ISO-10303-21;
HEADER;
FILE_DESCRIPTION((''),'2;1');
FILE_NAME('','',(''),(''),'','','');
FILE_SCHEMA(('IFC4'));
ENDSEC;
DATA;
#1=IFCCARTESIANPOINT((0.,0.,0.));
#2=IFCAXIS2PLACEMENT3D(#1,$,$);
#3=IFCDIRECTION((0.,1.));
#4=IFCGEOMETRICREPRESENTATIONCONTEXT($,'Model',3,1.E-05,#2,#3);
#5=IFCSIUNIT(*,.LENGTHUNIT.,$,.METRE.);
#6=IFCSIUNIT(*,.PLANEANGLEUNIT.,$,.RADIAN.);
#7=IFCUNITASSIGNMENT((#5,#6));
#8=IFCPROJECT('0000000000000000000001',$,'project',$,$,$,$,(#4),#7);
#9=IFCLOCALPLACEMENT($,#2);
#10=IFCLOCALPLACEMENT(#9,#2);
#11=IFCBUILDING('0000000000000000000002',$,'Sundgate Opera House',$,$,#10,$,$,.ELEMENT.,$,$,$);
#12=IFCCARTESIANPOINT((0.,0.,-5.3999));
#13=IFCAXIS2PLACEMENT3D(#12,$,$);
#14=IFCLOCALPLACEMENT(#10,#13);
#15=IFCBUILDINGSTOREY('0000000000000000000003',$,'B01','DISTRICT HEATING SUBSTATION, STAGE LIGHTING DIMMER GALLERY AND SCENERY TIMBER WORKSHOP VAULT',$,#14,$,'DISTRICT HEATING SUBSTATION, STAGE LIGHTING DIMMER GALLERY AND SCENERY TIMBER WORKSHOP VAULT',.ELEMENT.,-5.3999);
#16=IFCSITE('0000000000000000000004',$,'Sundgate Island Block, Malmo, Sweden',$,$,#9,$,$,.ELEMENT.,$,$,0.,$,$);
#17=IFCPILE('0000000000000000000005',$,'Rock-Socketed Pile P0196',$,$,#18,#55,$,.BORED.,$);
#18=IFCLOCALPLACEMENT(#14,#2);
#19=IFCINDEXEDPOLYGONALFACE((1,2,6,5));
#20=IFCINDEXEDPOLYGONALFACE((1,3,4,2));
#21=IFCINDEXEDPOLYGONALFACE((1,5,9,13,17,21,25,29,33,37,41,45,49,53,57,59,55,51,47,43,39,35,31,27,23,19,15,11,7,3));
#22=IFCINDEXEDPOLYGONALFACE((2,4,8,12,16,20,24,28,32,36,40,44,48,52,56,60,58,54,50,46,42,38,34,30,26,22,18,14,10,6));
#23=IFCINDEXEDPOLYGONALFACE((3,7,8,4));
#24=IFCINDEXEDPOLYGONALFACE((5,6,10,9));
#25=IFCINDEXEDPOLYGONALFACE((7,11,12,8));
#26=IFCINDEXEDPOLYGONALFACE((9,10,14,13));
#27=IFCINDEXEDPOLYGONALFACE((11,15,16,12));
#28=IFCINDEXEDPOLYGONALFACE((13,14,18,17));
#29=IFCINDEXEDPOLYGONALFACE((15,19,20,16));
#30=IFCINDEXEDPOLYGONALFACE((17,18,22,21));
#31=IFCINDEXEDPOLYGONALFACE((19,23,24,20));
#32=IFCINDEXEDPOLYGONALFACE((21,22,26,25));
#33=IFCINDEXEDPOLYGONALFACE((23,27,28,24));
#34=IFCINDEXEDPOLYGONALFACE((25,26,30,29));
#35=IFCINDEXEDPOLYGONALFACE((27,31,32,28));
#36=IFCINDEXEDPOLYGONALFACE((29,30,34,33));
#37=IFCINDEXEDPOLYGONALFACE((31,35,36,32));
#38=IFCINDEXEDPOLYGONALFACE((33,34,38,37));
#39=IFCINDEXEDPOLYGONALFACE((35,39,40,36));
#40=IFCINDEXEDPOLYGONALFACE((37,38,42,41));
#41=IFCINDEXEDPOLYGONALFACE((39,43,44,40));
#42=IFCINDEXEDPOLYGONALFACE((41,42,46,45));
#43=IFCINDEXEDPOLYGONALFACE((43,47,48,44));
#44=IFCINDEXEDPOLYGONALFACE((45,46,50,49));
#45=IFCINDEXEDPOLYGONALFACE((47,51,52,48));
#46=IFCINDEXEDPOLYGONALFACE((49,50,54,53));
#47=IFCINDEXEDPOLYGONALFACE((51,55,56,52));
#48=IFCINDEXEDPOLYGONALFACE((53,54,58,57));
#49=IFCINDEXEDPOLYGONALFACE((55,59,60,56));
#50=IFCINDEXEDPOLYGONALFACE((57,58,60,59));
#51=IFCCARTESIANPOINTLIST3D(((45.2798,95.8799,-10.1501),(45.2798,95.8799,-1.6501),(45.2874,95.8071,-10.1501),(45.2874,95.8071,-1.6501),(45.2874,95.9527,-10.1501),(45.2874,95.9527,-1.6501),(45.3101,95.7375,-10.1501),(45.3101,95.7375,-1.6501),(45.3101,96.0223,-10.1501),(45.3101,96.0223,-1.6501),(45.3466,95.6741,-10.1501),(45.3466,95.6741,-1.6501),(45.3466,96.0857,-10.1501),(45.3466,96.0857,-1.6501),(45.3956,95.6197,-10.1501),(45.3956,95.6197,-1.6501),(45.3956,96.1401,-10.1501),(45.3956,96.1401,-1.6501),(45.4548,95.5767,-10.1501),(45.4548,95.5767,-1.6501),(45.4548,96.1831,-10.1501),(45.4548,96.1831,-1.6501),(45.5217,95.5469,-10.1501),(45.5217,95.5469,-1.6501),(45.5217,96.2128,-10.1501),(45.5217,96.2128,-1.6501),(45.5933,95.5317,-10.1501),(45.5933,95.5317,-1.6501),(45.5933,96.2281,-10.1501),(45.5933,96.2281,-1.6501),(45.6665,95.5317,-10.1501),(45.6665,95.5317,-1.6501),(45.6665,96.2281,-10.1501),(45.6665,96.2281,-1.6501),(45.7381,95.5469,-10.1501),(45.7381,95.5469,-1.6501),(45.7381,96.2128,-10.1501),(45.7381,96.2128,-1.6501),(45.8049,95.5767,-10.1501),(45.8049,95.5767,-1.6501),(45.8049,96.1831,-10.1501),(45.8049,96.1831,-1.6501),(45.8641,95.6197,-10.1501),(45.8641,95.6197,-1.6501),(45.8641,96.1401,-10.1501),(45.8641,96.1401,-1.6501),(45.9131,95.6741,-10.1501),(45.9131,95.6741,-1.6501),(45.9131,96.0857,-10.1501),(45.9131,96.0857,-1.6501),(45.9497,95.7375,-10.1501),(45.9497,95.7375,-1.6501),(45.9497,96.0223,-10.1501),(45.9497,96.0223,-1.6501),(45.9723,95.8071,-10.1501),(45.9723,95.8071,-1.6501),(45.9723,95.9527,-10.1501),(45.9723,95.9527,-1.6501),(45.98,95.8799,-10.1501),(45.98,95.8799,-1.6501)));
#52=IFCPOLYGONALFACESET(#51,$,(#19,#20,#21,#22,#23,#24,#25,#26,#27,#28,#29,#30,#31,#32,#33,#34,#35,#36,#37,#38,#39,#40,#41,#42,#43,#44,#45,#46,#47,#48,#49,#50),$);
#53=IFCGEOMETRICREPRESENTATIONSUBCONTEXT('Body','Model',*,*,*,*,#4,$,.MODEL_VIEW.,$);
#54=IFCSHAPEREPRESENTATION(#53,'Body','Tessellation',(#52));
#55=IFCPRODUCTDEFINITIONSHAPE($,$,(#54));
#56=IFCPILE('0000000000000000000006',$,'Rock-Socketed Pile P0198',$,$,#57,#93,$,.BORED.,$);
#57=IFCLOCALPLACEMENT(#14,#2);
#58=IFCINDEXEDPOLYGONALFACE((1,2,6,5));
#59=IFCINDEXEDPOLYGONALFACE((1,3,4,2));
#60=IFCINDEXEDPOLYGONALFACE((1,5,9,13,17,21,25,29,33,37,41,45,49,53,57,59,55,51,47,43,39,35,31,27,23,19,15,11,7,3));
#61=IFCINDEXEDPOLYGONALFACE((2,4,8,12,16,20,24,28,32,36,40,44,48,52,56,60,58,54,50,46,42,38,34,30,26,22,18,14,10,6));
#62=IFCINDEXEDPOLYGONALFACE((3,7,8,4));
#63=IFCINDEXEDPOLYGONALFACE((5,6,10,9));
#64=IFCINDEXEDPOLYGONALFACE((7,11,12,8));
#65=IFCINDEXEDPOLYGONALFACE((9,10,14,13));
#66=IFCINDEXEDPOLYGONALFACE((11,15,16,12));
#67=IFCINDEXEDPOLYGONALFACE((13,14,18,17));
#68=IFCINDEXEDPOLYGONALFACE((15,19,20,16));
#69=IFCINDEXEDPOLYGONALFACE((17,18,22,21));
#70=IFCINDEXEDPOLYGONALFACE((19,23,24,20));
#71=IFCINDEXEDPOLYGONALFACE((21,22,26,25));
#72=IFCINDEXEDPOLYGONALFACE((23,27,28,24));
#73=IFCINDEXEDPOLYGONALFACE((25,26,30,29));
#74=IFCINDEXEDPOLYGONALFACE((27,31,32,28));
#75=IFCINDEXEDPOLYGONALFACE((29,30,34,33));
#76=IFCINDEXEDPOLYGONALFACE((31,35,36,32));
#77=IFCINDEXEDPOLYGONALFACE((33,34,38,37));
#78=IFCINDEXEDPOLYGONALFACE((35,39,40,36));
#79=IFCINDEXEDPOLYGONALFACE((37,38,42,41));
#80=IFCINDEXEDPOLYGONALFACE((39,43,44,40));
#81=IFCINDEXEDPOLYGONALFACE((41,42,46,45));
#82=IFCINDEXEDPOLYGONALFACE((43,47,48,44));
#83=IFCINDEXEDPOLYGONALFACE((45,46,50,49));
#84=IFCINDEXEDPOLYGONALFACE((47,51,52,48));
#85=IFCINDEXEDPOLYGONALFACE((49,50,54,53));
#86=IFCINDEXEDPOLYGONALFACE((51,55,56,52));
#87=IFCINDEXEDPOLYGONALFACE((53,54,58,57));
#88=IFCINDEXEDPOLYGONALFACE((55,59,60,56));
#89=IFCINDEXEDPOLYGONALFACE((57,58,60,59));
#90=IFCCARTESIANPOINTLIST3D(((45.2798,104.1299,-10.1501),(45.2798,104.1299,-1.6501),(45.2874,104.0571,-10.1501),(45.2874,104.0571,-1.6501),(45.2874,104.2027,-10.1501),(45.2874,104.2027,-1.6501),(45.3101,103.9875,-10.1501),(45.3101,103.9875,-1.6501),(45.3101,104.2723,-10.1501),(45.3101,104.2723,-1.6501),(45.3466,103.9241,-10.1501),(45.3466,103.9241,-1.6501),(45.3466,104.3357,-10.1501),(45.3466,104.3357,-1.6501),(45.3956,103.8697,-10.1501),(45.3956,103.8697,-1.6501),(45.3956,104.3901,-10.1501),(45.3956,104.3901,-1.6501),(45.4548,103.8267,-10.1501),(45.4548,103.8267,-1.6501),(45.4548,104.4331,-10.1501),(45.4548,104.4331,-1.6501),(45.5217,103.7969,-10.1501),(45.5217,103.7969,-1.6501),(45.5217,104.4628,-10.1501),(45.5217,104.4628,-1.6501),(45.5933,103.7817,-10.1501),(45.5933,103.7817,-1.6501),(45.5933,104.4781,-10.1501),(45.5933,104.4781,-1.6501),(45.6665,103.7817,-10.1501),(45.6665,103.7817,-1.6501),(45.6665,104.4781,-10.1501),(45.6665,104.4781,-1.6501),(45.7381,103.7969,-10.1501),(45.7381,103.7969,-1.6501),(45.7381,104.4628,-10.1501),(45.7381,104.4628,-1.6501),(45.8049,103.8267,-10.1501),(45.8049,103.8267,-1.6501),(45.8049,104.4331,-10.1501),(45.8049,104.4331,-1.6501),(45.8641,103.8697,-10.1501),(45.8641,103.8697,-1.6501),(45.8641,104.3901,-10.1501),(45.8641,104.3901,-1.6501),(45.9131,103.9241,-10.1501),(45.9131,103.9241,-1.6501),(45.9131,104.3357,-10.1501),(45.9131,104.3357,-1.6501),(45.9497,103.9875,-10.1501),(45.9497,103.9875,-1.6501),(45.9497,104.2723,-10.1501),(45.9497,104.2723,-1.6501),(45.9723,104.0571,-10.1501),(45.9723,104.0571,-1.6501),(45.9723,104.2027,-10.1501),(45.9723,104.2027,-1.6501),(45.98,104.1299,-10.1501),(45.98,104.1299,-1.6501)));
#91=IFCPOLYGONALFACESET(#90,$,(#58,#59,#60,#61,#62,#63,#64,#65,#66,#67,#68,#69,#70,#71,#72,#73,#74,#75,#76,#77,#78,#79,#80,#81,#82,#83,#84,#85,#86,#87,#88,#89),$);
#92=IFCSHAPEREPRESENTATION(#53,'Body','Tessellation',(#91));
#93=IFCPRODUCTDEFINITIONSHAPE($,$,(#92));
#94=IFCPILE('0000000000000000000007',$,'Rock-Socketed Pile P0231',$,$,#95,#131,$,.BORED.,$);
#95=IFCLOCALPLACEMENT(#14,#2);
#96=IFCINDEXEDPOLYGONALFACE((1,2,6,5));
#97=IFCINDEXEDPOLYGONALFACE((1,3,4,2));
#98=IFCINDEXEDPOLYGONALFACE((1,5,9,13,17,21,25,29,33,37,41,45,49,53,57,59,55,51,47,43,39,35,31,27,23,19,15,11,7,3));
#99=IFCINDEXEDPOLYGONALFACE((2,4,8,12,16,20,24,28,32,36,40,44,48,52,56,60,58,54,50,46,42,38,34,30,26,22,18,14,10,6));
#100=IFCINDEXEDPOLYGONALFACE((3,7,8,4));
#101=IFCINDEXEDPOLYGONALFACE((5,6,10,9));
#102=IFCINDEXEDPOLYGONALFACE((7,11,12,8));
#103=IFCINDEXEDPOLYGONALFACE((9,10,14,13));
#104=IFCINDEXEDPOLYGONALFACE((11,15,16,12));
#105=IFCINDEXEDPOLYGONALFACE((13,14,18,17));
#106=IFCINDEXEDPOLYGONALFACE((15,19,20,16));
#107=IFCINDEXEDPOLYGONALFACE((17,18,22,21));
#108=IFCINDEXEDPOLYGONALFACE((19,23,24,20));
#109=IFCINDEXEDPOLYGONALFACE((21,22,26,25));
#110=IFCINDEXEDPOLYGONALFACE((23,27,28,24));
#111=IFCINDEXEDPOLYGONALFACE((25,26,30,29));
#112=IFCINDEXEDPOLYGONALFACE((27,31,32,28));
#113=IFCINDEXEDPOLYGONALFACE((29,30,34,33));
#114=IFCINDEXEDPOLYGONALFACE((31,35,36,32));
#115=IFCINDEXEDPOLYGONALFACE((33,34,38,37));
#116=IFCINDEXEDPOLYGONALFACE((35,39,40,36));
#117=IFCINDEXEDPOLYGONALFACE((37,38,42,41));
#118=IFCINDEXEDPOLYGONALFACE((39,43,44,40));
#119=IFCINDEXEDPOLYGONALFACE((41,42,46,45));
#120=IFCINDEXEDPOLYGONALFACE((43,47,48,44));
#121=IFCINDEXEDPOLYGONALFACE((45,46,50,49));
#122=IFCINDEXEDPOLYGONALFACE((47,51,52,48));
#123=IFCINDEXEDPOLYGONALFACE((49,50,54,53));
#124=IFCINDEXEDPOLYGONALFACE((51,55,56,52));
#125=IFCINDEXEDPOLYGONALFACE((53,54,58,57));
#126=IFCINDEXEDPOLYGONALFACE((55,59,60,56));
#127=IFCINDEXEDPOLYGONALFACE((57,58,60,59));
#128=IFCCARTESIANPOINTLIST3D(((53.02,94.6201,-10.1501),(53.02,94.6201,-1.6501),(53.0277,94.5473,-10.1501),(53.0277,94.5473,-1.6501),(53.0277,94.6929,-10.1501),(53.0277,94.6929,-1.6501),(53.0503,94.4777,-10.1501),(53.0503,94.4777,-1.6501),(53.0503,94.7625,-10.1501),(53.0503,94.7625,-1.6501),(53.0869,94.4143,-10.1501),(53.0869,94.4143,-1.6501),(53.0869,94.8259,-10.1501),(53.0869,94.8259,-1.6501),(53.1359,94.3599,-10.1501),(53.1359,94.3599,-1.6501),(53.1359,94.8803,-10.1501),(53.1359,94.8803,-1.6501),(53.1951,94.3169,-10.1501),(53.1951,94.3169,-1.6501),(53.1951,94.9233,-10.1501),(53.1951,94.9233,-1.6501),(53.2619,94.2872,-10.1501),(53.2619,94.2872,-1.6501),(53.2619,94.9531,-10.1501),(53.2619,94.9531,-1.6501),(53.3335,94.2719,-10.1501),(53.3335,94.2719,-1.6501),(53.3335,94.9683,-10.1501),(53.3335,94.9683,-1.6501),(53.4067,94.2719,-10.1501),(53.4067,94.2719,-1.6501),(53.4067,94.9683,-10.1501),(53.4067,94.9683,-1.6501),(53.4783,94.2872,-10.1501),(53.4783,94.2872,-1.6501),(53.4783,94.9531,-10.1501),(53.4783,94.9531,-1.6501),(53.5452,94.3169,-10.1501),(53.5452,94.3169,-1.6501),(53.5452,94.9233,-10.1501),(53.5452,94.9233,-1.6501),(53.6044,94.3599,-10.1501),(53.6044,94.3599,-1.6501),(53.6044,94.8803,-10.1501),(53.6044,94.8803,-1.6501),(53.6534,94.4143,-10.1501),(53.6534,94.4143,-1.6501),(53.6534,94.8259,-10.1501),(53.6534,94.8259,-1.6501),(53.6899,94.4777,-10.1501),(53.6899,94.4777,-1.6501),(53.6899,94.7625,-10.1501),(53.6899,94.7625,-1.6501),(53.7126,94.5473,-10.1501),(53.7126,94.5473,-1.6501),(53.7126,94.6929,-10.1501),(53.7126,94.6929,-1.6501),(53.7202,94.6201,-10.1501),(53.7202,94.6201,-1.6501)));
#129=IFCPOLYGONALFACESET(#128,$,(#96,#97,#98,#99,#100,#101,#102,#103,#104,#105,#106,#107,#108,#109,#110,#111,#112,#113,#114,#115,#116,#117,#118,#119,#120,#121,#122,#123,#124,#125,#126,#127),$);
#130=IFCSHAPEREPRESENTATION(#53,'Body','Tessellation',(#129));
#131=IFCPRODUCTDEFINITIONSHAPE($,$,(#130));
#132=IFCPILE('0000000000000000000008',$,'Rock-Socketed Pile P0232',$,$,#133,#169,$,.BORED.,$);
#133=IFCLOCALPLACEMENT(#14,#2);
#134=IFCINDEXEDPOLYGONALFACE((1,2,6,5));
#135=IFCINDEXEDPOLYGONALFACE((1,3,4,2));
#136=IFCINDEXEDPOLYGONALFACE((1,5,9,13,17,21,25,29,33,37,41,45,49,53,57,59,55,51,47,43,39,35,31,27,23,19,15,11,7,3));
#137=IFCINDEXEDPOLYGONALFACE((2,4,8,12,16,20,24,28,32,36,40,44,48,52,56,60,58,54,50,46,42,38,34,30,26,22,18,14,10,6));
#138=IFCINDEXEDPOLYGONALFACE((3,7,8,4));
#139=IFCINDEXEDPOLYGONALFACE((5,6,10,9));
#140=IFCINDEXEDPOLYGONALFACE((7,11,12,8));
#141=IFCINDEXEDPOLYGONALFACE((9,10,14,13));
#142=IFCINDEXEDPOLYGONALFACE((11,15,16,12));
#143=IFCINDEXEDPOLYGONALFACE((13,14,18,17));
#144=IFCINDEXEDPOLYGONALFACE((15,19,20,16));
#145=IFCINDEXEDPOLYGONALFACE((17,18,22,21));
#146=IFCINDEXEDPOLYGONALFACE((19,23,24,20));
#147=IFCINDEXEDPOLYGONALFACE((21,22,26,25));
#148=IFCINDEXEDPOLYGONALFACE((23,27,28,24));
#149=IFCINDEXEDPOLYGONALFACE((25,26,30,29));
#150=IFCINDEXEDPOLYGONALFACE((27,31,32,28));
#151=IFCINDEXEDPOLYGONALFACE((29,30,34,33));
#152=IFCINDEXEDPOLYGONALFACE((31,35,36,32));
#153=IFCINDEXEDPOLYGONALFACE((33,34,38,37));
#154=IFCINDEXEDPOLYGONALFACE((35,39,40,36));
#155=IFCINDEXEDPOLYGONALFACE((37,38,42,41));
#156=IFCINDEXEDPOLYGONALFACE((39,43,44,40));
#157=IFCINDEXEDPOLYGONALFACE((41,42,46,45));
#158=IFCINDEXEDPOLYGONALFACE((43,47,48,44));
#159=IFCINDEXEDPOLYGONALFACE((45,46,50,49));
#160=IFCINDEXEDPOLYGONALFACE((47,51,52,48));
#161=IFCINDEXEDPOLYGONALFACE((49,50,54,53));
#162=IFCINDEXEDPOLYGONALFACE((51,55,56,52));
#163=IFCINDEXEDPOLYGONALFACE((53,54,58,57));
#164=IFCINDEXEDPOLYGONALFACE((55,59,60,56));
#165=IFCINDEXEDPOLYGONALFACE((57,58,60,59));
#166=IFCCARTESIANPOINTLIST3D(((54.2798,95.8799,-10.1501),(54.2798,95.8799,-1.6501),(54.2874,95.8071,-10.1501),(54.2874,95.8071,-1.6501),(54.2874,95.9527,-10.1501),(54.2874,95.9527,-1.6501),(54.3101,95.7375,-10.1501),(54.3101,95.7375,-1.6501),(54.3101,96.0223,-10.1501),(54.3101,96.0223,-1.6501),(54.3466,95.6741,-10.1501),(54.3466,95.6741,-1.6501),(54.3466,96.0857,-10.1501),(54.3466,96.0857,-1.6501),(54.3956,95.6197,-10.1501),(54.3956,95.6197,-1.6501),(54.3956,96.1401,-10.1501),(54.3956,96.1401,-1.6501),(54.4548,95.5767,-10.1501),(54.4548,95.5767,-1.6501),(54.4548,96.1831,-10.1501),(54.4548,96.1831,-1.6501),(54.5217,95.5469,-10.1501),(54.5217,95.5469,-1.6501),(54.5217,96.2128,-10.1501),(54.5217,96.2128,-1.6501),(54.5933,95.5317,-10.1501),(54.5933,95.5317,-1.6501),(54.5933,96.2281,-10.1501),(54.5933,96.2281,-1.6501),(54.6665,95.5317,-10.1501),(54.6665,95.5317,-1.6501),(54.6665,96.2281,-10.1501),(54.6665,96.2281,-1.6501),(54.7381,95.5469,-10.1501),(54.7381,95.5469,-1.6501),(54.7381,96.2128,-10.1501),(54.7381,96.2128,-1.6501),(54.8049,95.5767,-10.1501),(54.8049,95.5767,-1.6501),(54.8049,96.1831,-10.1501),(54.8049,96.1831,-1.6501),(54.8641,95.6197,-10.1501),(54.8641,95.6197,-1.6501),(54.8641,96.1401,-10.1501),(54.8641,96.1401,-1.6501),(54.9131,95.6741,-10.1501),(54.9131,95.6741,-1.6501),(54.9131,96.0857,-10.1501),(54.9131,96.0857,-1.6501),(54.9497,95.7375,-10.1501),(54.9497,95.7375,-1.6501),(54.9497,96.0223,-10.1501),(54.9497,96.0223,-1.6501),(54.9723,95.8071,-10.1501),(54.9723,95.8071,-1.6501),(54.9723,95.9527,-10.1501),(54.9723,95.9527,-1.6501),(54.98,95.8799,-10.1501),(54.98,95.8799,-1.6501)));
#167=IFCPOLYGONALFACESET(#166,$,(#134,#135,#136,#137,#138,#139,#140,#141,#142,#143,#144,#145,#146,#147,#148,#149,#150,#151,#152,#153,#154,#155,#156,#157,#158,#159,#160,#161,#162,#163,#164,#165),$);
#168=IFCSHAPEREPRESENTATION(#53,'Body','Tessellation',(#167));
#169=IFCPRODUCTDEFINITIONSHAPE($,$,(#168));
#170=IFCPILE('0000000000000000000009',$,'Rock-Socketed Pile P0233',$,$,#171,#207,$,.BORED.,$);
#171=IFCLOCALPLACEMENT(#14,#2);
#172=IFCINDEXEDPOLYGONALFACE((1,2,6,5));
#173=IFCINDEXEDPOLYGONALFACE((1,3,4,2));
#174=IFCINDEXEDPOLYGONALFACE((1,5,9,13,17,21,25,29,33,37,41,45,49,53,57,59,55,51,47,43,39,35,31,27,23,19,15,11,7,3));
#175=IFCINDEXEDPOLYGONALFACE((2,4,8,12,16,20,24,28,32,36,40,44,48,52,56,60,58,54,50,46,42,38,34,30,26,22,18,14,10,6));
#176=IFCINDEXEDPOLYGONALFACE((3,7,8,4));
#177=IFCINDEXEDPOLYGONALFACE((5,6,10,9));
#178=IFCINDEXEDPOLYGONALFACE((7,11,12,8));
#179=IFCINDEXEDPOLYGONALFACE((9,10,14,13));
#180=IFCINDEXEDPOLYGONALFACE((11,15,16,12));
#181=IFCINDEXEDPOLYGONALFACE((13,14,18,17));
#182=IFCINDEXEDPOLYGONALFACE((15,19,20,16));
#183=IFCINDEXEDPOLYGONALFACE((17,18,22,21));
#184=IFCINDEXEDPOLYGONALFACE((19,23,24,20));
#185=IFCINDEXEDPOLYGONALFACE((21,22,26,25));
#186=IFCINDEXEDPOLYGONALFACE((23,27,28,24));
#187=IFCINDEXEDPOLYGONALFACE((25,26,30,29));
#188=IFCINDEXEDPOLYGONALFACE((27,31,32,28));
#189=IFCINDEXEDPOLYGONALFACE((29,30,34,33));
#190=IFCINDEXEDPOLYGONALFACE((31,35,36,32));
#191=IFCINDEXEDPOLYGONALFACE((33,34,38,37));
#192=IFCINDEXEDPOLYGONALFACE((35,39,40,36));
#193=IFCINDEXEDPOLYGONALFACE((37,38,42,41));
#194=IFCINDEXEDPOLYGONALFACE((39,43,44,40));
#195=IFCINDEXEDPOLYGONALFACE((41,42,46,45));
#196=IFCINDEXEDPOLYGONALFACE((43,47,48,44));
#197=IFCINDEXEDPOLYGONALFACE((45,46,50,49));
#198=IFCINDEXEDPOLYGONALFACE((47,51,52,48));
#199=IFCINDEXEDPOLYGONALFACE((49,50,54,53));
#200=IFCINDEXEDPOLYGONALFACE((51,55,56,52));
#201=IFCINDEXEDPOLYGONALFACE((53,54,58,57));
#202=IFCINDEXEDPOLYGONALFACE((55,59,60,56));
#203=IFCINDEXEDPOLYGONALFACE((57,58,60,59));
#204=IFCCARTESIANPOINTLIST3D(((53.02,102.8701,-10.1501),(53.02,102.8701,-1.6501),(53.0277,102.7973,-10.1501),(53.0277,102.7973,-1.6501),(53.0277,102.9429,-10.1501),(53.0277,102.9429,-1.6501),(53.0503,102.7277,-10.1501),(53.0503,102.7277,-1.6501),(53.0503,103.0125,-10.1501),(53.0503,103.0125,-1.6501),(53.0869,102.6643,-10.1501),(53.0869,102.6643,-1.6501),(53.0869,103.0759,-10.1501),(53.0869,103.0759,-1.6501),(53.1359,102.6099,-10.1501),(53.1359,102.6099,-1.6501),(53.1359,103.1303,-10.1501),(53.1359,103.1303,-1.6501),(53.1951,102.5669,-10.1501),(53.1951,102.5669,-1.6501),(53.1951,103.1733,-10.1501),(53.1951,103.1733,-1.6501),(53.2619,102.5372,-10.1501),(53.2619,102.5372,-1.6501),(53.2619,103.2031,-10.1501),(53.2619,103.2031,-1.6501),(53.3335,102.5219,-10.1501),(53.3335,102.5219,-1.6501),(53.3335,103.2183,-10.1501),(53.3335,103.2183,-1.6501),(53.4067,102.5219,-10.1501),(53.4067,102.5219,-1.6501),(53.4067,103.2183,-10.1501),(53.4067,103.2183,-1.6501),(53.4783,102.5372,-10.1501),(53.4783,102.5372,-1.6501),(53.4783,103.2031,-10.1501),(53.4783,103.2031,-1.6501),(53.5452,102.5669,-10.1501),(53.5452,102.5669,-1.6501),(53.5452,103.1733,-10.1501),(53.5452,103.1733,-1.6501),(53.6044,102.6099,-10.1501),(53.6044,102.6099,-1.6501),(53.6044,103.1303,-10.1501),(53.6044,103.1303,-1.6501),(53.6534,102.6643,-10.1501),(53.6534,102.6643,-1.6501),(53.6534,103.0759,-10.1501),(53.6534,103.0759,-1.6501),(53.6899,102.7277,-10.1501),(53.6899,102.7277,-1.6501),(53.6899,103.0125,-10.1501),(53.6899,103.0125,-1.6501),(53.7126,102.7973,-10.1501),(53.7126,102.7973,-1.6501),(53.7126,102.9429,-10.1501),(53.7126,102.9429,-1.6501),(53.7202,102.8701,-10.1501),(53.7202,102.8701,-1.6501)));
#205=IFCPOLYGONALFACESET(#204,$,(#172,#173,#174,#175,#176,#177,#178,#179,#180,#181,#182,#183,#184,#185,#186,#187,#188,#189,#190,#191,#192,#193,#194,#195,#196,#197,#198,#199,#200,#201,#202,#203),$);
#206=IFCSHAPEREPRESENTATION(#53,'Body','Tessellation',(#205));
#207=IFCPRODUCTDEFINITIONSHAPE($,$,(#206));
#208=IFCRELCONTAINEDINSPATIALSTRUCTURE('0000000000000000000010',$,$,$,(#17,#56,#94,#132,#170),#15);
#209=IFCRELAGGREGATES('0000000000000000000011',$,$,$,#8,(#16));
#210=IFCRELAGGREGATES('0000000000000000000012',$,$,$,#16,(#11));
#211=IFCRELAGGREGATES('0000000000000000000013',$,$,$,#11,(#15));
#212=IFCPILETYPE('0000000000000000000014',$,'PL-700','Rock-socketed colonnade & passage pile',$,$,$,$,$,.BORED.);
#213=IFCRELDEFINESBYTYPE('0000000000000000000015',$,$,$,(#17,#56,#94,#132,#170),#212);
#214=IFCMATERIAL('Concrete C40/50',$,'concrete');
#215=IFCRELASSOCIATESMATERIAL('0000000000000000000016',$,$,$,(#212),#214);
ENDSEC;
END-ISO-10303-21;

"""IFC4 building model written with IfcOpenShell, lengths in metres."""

from ifc_helpers import new_model, si_unit, direction, frame, origin, origin_2d, place, context, subcontext, project, spatial, circle, extrude, material, material_profile, profile_set, type_object, element, save


model = new_model("IFC4")

# Units and contexts
model_context = context("Model", 3, precision=1e-05, world=origin(), true_north=direction((0.0, 1.0)))
body_context = subcontext(model_context, "Body", "Model", "MODEL_VIEW")
ifc_project = project(units=[si_unit("LENGTHUNIT", "METRE"), si_unit("PLANEANGLEUNIT", "RADIAN")], contexts=[model_context])

# Site, building, storey
site_placement = place(None, origin())
site = spatial("IfcSite", under=ifc_project, at=site_placement, Name="Sundgate Island Block, Malmo, Sweden", CompositionType="ELEMENT", RefElevation=0.0)
building_placement = place(site_placement, origin())
building = spatial("IfcBuilding", under=site, at=building_placement, Name="Sundgate Opera House", CompositionType="ELEMENT")
storey_placement = place(building_placement, frame((0.0, 0.0, -5.3999)))
storey = spatial("IfcBuildingStorey", under=building, at=storey_placement, Name="B01", Description="DISTRICT HEATING SUBSTATION, STAGE LIGHTING DIMMER GALLERY AND SCENERY TIMBER WORKSHOP VAULT", LongName="DISTRICT HEATING SUBSTATION, STAGE LIGHTING DIMMER GALLERY AND SCENERY TIMBER WORKSHOP VAULT", CompositionType="ELEMENT", Elevation=-5.3999)

# Piles
ifc_material_1 = material(Name="Concrete C40/50", Category="concrete")
ifc_material_profile_1 = material_profile(ifc_material_1, circle(Radius=0.3501, at=origin_2d()), Name="PILE D700")
ifc_profile_set_1 = profile_set([ifc_material_profile_1], Name="Concrete C40/50")
pile_type_1 = type_object("IfcPileType", Name="PL-700", Description="Rock-socketed colonnade & passage pile", PredefinedType="BORED", material=ifc_profile_set_1)
for number, where, z_axis, x_axis, name in (
    (1, (45.6299, 95.8799, -1.6501), (0.0, 0.0, -1.0), (1.0, 0.0, 0.0), "Rock-Socketed Pile P0196"),
    (2, (45.6299, 104.1299, -1.6501), (0.0, 0.0, -1.0), (1.0, 0.0, 0.0), "Rock-Socketed Pile P0198"),
    (3, (53.3701, 94.6201, -1.6501), (0.0, 0.0, -1.0), (1.0, 0.0, 0.0), "Rock-Socketed Pile P0231"),
    (4, (54.6299, 95.8799, -1.6501), (0.0, 0.0, -1.0), (1.0, 0.0, 0.0), "Rock-Socketed Pile P0232"),
    (5, (53.3701, 102.8701, -1.6501), (0.0, 0.0, -1.0), (1.0, 0.0, 0.0), "Rock-Socketed Pile P0233"),
):
    element("IfcPile", number, at=place(storey_placement, frame(where, z_axis=z_axis, x_axis=x_axis)), inside=storey, type_object=pile_type_1, Name=name, PredefinedType="BORED", context=body_context, shape_type="SweptSolid", body=[
        extrude(circle(Radius=0.3501, at=origin_2d()), origin(), (0.0, 0.0, 1.0), 8.5),
    ])

save(model, "model.ifc")
